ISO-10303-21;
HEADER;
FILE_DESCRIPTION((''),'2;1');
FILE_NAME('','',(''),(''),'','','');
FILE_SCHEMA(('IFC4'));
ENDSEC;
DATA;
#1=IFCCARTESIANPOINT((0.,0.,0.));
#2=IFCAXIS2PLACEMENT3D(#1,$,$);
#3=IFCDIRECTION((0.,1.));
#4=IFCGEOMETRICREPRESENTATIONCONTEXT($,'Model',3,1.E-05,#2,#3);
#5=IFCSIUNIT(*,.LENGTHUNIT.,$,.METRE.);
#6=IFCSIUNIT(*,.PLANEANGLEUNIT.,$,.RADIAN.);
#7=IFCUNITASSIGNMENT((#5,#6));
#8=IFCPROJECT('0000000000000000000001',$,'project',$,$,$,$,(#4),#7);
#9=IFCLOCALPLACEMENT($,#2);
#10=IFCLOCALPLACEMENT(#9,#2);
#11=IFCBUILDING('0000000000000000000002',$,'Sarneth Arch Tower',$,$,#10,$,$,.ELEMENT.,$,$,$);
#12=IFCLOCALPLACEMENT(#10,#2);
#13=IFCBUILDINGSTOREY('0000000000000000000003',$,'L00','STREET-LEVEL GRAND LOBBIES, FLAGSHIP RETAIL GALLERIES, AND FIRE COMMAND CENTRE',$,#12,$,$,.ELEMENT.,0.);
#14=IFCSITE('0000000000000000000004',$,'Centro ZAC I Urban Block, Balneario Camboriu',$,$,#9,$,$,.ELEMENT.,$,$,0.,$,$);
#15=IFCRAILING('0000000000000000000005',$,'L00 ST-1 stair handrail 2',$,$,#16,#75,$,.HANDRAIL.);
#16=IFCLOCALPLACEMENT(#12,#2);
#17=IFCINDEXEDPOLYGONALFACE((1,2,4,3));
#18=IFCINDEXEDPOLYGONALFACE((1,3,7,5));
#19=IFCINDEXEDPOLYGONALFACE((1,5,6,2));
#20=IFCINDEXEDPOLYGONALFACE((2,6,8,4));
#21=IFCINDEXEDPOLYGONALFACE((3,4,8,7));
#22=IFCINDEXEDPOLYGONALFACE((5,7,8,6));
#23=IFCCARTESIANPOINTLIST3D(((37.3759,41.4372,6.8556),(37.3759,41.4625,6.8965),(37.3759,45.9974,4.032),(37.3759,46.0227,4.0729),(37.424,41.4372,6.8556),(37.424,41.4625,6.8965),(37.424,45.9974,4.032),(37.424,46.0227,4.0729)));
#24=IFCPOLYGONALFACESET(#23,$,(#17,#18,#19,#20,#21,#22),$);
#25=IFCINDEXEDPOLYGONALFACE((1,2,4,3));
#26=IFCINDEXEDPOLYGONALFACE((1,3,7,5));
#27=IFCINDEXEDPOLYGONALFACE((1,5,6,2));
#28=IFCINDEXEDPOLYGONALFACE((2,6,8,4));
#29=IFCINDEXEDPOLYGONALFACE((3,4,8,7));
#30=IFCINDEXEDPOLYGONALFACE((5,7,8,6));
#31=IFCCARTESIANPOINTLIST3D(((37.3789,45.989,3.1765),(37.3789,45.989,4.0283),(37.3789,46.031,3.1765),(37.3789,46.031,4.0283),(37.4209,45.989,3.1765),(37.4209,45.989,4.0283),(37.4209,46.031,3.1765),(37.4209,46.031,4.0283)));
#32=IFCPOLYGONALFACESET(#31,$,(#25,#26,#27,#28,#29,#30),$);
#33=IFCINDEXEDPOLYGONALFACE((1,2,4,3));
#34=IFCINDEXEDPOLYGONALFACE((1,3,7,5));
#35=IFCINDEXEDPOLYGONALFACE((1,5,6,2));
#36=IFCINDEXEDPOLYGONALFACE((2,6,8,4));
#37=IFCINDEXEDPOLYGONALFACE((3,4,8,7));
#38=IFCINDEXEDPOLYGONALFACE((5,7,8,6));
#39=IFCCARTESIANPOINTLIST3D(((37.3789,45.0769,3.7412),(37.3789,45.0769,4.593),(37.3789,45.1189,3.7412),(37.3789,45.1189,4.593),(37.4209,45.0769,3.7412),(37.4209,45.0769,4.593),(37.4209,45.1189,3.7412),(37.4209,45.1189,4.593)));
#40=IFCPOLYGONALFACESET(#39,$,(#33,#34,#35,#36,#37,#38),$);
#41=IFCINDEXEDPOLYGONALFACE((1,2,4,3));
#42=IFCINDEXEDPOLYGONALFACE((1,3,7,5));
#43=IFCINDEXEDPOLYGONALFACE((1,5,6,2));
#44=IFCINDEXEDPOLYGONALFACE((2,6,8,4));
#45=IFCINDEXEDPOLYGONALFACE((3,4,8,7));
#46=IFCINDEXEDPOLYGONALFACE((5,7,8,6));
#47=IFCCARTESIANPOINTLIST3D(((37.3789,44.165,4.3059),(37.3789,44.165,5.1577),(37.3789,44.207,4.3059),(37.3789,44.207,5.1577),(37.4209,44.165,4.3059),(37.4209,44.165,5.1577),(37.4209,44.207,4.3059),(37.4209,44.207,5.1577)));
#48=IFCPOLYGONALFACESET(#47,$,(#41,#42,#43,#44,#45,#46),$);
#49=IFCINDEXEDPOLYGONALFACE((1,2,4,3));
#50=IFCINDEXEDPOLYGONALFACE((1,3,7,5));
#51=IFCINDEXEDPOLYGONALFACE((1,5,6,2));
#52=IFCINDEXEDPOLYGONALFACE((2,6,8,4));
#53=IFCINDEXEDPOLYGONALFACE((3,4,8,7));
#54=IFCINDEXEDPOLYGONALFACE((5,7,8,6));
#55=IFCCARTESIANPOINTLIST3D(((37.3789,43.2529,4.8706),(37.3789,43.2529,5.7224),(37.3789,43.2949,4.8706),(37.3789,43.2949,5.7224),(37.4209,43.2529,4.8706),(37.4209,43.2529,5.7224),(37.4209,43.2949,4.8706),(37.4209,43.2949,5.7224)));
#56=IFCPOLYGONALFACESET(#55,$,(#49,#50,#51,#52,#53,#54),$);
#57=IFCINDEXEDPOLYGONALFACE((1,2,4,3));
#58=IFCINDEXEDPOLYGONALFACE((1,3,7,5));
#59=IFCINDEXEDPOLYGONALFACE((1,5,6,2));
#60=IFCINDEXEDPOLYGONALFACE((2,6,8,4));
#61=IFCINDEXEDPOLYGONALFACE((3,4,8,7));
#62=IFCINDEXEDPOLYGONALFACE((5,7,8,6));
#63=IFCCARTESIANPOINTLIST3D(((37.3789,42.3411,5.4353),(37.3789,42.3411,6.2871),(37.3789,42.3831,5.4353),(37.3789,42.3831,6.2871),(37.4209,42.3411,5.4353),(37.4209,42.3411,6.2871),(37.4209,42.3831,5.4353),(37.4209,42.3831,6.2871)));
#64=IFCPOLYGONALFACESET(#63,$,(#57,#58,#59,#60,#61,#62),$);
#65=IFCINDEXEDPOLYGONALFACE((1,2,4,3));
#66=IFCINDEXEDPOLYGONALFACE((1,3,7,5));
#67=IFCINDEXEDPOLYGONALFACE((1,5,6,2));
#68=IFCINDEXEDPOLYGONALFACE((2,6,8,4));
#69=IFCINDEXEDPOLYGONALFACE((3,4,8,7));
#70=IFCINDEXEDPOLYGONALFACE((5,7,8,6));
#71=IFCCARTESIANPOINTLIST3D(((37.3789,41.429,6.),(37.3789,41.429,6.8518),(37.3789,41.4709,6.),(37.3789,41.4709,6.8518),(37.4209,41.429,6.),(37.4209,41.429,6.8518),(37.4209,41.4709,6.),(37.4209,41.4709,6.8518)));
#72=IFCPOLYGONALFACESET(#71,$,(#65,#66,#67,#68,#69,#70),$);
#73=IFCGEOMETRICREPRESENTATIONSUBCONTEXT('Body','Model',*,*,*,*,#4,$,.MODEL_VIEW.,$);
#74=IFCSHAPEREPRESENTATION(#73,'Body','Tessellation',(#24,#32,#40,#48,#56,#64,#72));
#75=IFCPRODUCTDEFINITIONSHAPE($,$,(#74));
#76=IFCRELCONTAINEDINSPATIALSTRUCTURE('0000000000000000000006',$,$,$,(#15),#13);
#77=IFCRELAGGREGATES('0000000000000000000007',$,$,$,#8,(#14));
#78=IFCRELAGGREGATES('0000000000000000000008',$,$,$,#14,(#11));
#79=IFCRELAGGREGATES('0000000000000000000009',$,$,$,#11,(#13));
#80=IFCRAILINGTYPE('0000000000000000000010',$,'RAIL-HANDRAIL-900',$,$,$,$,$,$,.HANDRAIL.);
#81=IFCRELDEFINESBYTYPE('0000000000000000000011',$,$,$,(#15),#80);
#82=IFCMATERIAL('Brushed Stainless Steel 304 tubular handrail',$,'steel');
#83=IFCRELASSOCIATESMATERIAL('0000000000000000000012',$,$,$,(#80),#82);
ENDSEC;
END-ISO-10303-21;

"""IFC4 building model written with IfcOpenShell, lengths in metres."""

from ifc_helpers import new_model, si_unit, direction, frame, origin, origin_2d, place, context, subcontext, project, spatial, rectangle, extrude, material, type_object, element, save


model = new_model("IFC4")

# Units and contexts
model_context = context("Model", 3, precision=1e-05, world=origin(), true_north=direction((0.0, 1.0)))
body_context = subcontext(model_context, "Body", "Model", "MODEL_VIEW")
ifc_project = project(units=[si_unit("LENGTHUNIT", "METRE"), si_unit("PLANEANGLEUNIT", "RADIAN")], contexts=[model_context])

# Site, building, storey
site_placement = place(None, origin())
site = spatial("IfcSite", under=ifc_project, at=site_placement, Name="Centro ZAC I Urban Block, Balneario Camboriu", CompositionType="ELEMENT", RefElevation=0.0)
building_placement = place(site_placement, origin())
building = spatial("IfcBuilding", under=site, at=building_placement, Name="Sarneth Arch Tower", CompositionType="ELEMENT")
storey_placement = place(building_placement, origin())
storey = spatial("IfcBuildingStorey", under=building, at=storey_placement, Name="L00", Description="STREET-LEVEL GRAND LOBBIES, FLAGSHIP RETAIL GALLERIES, AND FIRE COMMAND CENTRE", CompositionType="ELEMENT", Elevation=0.0)

# Railing
ifc_material_1 = material(Name="Brushed Stainless Steel 304 tubular handrail", Category="steel")
railing_type = type_object("IfcRailingType", Name="RAIL-HANDRAIL-900", PredefinedType="HANDRAIL", material=ifc_material_1)
railing_placement = place(storey_placement, frame((37.3999, 46.01, 3.1765)))
element("IfcRailing", 1, at=railing_placement, inside=storey, type_object=railing_type, Name="L00 ST-1 stair handrail 2", PredefinedType="HANDRAIL", context=body_context, shape_type="SweptSolid", body=[
    extrude(rectangle(XDim=0.0481, YDim=0.0481, at=origin_2d()), frame((0.0, 0.0, 0.876), z_axis=(0.0, -0.850216, 0.526435), x_axis=(1.0, 0.0, 0.0)), (0.0, 0.0, 1.0), 5.3635),
    extrude(rectangle(XDim=0.042, YDim=0.042, at=origin_2d()), origin(), (0.0, 0.0, 1.0), 0.8518),
    extrude(rectangle(XDim=0.042, YDim=0.042, at=origin_2d()), frame((0.0, -0.9121, 0.5647)), (0.0, 0.0, 1.0), 0.8518),
    extrude(rectangle(XDim=0.042, YDim=0.042, at=origin_2d()), frame((0.0, -1.824, 1.1294)), (0.0, 0.0, 1.0), 0.8518),
    extrude(rectangle(XDim=0.042, YDim=0.042, at=origin_2d()), frame((0.0, -2.7361, 1.6941)), (0.0, 0.0, 1.0), 0.8518),
    extrude(rectangle(XDim=0.042, YDim=0.042, at=origin_2d()), frame((0.0, -3.6479, 2.2588)), (0.0, 0.0, 1.0), 0.8518),
    extrude(rectangle(XDim=0.042, YDim=0.042, at=origin_2d()), frame((0.0, -4.5601, 2.8235)), (0.0, 0.0, 1.0), 0.8518),
])

save(model, "model.ifc")
